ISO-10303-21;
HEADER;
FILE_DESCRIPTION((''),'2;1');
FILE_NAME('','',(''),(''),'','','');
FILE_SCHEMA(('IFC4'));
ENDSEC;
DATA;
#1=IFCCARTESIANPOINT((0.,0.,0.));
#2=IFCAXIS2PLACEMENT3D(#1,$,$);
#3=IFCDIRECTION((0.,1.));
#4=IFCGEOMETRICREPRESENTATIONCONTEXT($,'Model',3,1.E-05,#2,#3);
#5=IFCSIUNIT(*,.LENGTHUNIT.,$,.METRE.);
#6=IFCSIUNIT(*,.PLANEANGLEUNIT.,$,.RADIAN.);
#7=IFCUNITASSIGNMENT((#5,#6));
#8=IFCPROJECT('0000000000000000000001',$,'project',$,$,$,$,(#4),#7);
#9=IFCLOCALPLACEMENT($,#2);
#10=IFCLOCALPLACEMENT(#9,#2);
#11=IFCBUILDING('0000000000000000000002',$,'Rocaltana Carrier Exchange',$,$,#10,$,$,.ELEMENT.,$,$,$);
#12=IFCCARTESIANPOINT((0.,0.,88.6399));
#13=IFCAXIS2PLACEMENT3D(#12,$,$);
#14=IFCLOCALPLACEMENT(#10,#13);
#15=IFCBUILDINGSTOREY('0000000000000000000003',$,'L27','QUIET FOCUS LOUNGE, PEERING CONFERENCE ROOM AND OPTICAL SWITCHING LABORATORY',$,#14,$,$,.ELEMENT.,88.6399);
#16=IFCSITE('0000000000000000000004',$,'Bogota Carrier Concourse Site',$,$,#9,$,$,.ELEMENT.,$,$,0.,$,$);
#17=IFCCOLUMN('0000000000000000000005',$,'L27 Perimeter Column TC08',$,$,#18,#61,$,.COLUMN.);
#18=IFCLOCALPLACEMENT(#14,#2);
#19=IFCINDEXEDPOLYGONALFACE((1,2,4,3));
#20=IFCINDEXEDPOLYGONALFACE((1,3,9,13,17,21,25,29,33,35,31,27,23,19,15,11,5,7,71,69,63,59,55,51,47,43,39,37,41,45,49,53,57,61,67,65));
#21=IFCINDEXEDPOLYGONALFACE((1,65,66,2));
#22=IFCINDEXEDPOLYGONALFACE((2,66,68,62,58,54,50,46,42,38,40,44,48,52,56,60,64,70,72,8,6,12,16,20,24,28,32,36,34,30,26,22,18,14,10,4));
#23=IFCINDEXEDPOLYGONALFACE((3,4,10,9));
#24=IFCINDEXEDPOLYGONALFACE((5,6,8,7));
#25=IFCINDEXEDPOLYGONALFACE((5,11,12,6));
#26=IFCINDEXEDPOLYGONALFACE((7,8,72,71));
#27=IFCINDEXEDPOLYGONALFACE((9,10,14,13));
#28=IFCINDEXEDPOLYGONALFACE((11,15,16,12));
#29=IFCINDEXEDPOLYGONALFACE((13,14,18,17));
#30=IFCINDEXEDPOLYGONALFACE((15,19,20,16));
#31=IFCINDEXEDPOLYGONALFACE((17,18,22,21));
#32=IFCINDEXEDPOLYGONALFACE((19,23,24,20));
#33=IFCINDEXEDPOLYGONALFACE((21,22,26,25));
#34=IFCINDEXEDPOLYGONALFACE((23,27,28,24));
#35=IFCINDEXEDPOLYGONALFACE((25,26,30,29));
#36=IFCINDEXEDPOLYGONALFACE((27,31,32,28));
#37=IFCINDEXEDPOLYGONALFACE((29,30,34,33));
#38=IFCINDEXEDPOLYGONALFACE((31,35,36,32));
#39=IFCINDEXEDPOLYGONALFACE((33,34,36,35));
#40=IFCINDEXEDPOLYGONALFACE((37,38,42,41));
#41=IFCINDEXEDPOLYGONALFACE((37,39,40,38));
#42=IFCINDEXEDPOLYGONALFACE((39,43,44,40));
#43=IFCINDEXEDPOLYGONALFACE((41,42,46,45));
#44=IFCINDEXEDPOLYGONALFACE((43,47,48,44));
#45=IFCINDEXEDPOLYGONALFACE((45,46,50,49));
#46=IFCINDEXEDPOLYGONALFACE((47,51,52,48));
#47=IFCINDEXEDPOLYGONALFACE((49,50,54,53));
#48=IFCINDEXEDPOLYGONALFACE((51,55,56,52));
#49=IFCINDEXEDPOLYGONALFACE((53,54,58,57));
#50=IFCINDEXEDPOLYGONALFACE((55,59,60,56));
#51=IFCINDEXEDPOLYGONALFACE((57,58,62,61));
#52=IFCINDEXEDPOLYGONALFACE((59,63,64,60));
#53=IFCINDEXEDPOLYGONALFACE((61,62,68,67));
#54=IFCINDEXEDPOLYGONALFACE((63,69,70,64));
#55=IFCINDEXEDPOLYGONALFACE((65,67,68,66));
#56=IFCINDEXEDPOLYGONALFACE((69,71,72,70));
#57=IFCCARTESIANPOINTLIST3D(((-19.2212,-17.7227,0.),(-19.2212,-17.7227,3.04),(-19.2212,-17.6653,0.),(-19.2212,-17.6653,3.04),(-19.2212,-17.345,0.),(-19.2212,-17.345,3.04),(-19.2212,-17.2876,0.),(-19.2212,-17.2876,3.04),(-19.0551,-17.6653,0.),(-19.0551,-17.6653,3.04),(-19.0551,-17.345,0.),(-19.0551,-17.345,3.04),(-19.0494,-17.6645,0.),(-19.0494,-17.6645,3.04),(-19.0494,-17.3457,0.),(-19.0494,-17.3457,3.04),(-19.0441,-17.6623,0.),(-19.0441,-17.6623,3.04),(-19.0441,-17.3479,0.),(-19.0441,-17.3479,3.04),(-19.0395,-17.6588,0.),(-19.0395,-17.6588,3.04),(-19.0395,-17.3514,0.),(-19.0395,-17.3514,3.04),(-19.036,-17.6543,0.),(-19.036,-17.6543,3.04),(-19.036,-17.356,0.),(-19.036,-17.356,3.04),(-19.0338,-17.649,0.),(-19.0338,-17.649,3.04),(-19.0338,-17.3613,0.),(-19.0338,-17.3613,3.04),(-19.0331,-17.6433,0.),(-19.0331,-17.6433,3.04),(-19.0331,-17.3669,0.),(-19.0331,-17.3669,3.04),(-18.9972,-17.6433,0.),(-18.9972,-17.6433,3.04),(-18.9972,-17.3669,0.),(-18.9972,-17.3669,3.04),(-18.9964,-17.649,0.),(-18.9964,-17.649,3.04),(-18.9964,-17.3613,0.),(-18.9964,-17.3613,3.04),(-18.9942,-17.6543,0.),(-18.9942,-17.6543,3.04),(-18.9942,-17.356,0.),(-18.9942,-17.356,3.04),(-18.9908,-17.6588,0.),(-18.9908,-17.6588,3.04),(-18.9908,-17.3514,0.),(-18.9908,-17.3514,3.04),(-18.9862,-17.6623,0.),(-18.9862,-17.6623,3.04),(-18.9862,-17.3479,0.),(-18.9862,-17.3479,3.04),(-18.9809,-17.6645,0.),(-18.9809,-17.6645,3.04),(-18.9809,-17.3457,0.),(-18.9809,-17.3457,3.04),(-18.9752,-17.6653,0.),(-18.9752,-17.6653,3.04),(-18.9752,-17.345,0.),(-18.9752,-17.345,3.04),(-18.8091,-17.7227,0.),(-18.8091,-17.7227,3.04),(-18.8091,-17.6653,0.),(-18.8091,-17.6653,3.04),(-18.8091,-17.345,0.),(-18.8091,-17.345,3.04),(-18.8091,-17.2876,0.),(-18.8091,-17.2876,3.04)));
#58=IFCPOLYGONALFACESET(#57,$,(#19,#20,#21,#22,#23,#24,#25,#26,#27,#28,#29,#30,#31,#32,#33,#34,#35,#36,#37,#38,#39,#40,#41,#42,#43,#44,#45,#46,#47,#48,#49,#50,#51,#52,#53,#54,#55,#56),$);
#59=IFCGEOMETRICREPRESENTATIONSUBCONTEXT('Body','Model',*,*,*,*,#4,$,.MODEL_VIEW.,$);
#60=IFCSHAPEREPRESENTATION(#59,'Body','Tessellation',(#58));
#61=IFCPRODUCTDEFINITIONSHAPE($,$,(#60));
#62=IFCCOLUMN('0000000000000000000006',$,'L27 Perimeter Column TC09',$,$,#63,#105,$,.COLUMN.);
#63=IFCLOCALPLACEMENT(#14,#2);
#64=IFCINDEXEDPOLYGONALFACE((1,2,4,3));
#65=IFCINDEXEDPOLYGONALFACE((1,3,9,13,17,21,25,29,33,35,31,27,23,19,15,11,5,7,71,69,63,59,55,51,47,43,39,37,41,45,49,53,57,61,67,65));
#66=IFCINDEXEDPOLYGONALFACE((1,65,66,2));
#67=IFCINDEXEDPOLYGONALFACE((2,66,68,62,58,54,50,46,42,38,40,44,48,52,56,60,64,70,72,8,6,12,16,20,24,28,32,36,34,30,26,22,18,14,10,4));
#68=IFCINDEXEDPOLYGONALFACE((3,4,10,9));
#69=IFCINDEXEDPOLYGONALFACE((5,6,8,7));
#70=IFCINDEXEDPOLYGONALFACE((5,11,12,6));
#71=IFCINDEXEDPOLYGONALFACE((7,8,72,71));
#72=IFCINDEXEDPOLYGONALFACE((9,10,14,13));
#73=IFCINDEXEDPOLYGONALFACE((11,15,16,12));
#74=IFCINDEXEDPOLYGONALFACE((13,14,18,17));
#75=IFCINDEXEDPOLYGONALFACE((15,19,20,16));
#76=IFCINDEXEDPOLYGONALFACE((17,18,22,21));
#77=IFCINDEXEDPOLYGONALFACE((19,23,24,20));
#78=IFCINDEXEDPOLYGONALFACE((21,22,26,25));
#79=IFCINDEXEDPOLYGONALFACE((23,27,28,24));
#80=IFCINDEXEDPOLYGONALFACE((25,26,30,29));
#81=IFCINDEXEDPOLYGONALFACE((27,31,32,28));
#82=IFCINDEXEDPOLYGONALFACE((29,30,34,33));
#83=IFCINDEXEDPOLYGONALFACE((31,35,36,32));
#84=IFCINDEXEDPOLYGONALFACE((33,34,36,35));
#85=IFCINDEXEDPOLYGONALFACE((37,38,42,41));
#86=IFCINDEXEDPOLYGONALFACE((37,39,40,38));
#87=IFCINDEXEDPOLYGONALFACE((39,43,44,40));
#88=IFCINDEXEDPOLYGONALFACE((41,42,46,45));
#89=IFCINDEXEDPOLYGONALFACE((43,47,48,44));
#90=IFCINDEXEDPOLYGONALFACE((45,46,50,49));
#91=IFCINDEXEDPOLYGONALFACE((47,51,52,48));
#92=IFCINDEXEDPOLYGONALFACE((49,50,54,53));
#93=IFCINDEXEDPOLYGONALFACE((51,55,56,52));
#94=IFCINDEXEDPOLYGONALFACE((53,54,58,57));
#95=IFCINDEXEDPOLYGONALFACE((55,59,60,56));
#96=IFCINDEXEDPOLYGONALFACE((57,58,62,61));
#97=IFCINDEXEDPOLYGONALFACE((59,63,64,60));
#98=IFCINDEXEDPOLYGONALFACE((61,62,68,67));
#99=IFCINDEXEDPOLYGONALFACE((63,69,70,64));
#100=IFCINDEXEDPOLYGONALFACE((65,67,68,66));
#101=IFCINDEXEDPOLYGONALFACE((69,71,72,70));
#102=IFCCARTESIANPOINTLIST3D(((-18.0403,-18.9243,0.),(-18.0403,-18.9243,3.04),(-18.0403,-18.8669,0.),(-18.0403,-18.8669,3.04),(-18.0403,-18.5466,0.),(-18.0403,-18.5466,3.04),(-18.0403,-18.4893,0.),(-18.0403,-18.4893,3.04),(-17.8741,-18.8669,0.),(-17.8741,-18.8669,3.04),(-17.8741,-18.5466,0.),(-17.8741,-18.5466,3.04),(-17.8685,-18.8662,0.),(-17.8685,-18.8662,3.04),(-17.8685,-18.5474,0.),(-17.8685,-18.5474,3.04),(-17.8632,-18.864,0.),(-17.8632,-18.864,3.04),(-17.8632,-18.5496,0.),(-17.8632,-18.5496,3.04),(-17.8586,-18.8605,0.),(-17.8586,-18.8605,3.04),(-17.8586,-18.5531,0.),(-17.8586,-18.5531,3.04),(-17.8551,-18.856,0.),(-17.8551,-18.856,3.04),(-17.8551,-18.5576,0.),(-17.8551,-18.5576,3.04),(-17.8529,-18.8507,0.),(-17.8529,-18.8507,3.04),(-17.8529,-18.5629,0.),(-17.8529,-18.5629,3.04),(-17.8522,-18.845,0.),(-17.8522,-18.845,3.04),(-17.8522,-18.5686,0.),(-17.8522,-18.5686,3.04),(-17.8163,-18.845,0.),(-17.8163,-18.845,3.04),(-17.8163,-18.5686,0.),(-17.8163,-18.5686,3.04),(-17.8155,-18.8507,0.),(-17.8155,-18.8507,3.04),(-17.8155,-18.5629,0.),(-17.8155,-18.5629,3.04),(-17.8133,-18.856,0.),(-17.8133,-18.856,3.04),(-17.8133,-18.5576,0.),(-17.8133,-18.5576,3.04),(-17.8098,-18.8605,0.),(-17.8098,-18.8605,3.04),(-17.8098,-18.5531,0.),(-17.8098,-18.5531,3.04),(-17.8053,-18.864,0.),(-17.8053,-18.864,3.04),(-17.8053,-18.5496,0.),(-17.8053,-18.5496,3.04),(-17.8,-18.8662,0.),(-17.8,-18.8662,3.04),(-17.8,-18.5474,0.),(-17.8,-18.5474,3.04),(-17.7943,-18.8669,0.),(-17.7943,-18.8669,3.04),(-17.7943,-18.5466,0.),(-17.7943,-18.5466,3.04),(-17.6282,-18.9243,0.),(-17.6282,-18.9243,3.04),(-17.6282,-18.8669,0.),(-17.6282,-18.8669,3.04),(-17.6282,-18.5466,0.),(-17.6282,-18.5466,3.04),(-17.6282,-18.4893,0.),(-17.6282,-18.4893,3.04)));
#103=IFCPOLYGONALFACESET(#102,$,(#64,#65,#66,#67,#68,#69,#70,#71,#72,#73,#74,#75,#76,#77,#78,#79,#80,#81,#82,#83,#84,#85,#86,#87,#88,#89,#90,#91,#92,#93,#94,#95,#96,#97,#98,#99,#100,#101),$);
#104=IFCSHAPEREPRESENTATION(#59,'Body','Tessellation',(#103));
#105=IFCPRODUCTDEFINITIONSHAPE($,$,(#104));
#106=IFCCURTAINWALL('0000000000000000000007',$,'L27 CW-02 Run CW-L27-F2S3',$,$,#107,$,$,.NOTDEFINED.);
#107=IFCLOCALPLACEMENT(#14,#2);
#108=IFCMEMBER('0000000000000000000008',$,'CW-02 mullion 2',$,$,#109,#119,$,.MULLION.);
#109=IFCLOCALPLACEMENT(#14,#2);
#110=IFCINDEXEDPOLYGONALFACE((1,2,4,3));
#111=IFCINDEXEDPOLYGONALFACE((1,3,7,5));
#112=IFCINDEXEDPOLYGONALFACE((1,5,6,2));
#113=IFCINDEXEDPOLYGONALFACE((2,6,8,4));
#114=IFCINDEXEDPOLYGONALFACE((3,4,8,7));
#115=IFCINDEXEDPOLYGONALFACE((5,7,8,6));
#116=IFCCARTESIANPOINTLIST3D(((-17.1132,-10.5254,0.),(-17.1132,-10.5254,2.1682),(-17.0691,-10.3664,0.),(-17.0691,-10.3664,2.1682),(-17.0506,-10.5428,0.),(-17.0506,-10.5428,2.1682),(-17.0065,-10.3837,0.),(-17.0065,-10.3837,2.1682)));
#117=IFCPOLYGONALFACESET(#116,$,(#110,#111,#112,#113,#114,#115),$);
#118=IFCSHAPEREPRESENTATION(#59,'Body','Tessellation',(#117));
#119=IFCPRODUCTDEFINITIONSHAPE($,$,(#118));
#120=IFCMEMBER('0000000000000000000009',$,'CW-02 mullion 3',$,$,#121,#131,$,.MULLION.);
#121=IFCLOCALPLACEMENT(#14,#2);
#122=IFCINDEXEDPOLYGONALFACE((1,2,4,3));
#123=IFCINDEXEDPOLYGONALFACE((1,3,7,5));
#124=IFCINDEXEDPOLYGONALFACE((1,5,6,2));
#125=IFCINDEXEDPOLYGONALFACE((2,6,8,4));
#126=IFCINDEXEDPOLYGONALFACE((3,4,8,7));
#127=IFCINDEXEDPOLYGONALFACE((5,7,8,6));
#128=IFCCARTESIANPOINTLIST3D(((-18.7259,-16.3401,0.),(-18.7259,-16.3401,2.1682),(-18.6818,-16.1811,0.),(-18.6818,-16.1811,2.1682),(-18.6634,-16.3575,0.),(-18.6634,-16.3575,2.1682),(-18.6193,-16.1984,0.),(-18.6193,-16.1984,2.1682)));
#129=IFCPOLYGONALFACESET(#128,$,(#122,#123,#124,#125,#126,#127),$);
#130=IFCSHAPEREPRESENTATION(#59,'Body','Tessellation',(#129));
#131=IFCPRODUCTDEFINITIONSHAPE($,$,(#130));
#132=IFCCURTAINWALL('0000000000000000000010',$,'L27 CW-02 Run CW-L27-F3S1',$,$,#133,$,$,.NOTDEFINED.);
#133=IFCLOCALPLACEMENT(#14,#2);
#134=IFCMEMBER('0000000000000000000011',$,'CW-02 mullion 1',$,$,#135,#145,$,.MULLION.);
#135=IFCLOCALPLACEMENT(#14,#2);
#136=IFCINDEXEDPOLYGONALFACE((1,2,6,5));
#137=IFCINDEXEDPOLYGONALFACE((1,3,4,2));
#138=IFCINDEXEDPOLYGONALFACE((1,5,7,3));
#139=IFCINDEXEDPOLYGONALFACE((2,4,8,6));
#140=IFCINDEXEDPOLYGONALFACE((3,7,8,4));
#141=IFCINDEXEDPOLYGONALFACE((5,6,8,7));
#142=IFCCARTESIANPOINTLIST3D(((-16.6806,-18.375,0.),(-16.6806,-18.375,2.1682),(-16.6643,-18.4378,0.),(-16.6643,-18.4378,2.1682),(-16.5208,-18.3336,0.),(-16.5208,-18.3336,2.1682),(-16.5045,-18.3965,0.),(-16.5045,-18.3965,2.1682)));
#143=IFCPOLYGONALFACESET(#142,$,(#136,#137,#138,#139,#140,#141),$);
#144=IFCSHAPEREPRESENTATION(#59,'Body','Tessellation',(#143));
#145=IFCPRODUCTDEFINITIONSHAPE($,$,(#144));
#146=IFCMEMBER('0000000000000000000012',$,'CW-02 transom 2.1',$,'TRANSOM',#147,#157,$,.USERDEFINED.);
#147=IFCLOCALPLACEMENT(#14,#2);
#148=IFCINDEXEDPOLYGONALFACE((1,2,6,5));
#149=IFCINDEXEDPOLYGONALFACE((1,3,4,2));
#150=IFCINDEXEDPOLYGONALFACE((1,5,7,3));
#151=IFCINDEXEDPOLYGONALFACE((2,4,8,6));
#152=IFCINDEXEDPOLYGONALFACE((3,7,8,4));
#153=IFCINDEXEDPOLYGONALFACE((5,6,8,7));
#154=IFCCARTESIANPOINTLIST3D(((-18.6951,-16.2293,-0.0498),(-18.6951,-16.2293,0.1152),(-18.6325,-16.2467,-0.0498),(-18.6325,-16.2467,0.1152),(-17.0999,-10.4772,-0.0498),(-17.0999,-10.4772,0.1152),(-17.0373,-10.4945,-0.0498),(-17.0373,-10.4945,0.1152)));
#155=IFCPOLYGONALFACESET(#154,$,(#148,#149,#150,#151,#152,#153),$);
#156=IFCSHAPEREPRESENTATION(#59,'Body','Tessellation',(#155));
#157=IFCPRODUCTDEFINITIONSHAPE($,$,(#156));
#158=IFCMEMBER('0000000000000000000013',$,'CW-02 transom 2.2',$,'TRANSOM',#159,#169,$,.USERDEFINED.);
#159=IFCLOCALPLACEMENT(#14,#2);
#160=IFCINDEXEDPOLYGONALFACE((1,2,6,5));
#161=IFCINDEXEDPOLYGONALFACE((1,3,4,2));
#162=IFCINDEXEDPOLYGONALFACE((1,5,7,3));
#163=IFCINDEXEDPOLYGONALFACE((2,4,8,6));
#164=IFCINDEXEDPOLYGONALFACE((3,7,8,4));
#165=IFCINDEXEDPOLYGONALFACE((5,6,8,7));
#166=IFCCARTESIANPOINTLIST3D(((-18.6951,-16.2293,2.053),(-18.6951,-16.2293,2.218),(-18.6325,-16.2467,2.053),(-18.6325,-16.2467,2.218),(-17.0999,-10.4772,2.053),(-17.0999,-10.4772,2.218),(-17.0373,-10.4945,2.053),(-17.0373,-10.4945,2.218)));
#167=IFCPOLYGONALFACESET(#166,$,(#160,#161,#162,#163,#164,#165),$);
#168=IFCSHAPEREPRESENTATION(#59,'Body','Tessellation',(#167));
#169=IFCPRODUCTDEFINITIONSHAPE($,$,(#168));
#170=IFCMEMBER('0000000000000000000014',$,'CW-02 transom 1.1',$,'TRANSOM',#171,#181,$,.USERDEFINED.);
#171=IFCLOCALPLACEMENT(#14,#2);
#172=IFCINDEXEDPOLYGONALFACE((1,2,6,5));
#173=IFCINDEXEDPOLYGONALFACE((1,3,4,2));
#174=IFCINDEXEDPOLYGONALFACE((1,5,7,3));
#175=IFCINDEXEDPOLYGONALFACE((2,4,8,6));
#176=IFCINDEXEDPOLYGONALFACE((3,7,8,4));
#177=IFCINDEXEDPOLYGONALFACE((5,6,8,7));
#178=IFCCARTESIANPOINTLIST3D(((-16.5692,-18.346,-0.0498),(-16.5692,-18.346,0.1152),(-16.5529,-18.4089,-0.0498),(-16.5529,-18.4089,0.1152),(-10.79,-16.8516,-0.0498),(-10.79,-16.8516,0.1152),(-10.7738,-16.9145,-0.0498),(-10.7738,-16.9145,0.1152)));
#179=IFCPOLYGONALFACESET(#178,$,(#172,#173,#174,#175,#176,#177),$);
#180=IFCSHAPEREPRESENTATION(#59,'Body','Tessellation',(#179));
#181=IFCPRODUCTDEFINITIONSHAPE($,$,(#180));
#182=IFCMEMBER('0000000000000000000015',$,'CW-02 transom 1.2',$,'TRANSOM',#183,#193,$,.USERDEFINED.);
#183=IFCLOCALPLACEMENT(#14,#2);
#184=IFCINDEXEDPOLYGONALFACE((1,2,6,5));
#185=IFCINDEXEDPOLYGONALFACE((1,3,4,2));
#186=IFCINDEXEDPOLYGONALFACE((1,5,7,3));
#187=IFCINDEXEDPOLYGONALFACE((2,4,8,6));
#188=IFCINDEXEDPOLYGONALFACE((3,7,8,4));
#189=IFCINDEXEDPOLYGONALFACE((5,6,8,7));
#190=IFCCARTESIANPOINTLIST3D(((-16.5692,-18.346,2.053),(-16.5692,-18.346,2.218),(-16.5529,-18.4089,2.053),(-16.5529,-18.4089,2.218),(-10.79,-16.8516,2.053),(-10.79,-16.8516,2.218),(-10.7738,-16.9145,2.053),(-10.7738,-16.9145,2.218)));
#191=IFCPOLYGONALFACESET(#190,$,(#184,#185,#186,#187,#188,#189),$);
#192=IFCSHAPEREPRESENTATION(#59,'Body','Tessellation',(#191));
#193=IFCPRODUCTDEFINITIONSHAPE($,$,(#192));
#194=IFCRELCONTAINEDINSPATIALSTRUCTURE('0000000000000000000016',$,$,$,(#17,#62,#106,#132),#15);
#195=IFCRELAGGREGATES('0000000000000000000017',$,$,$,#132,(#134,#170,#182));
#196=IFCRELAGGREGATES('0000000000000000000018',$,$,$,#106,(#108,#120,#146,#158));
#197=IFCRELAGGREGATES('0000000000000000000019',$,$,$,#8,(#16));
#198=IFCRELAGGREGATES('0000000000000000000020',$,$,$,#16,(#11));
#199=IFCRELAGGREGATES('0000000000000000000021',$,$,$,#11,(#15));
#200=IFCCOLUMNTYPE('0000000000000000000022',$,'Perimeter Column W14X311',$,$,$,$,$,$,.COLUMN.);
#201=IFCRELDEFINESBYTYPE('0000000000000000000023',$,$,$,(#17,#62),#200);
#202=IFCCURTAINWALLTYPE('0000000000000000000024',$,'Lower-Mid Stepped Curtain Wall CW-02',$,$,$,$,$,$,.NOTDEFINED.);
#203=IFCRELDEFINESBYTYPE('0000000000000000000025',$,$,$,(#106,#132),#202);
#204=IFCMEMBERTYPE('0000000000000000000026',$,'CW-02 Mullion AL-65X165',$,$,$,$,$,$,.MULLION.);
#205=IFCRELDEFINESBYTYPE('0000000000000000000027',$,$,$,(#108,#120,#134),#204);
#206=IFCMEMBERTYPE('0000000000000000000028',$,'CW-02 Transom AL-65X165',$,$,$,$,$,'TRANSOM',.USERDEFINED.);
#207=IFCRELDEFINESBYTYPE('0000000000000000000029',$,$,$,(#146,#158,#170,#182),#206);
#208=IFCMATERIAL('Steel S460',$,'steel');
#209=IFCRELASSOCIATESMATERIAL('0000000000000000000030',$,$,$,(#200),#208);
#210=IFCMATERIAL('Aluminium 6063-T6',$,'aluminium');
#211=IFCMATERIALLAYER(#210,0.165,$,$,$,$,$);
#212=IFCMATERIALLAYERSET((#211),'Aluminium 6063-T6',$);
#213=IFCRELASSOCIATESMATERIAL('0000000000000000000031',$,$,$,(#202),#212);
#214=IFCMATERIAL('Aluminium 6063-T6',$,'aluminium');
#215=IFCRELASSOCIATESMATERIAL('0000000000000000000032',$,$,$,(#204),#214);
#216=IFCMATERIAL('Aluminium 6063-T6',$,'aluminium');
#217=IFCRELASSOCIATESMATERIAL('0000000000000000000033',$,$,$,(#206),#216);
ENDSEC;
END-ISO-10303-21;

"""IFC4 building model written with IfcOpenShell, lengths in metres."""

from ifc_helpers import new_model, si_unit, direction, frame, origin, origin_2d, place, context, subcontext, project, spatial, rectangle, i_section, extrude, material, layer, layer_set, material_profile, profile_set, type_object, element, aggregate, save


model = new_model("IFC4")

# Units and contexts
model_context = context("Model", 3, precision=1e-05, world=origin(), true_north=direction((0.0, 1.0)))
body_context = subcontext(model_context, "Body", "Model", "MODEL_VIEW")
ifc_project = project(units=[si_unit("LENGTHUNIT", "METRE"), si_unit("PLANEANGLEUNIT", "RADIAN")], contexts=[model_context])

# Site, building, storey
site_placement = place(None, origin())
site = spatial("IfcSite", under=ifc_project, at=site_placement, Name="Bogota Carrier Concourse Site", CompositionType="ELEMENT", RefElevation=0.0)
building_placement = place(site_placement, origin())
building = spatial("IfcBuilding", under=site, at=building_placement, Name="Rocaltana Carrier Exchange", CompositionType="ELEMENT")
storey_placement = place(building_placement, frame((0.0, 0.0, 88.6399)))
storey = spatial("IfcBuildingStorey", under=building, at=storey_placement, Name="L27", Description="QUIET FOCUS LOUNGE, PEERING CONFERENCE ROOM AND OPTICAL SWITCHING LABORATORY", CompositionType="ELEMENT", Elevation=88.6399)

# Columns
ifc_material_1 = material(Name="Steel S460", Category="steel")
ifc_material_profile_1 = material_profile(ifc_material_1, i_section(OverallWidth=0.4121, OverallDepth=0.4351, WebThickness=0.0359, FlangeThickness=0.0574, FilletRadius=0.022, at=origin_2d()), Name="W14X311")
ifc_profile_set_1 = profile_set([ifc_material_profile_1], Name="Steel S460")
column_type = type_object("IfcColumnType", Name="Perimeter Column W14X311", PredefinedType="COLUMN", material=ifc_profile_set_1)
for number, where, z_axis, x_axis, name in (
    (1, (-19.0151, -17.5051, 0.0), (0.0, 0.0, 1.0), (1.0, 0.0, 0.0), "L27 Perimeter Column TC08"),
    (2, (-17.8342, -18.7068, 0.0), (0.0, 0.0, 1.0), (1.0, 0.0, 0.0), "L27 Perimeter Column TC09"),
):
    element("IfcColumn", number, at=place(storey_placement, frame(where, z_axis=z_axis, x_axis=x_axis)), inside=storey, type_object=column_type, Name=name, PredefinedType="COLUMN", context=body_context, shape_type="SweptSolid", body=[
        extrude(i_section(OverallWidth=0.4121, OverallDepth=0.4351, WebThickness=0.0359, FlangeThickness=0.0574, FilletRadius=0.022, at=origin_2d()), origin(), (0.0, 0.0, 1.0), 3.04),
    ])

# Curtain wall, members
ifc_material_2 = material(Name="Aluminium 6063-T6", Category="aluminium")
ifc_layer_1 = layer(ifc_material_2, 0.165)
ifc_layer_set_1 = layer_set([ifc_layer_1], Name="Aluminium 6063-T6")
curtain_wall_type = type_object("IfcCurtainWallType", Name="Lower-Mid Stepped Curtain Wall CW-02", PredefinedType="NOTDEFINED", material=ifc_layer_set_1)
curtain_wall_1_placement = place(storey_placement, origin())
curtain_wall_1 = element("IfcCurtainWall", 3, at=curtain_wall_1_placement, inside=storey, type_object=curtain_wall_type, Name="L27 CW-02 Run CW-L27-F2S3", PredefinedType="NOTDEFINED")
ifc_material_3 = material(Name="Aluminium 6063-T6", Category="aluminium")
ifc_material_profile_2 = material_profile(ifc_material_3, rectangle(XDim=0.0649, YDim=0.165, at=origin_2d()), Name="AL-65X165")
ifc_profile_set_2 = profile_set([ifc_material_profile_2], Name="Aluminium 6063-T6")
member_type_1 = type_object("IfcMemberType", Name="CW-02 Mullion AL-65X165", PredefinedType="MULLION", material=ifc_profile_set_2)
member_1_placement = place(storey_placement, frame((-17.0598, -10.4546, 0.0), z_axis=(0.0, 0.0, 1.0), x_axis=(0.963629, -0.267243, 0.0)))
member_1 = element("IfcMember", 4, at=member_1_placement, type_object=member_type_1, Name="CW-02 mullion 2", PredefinedType="MULLION", context=body_context, shape_type="SweptSolid", body=[
    extrude(rectangle(XDim=0.0649, YDim=0.165, at=origin_2d()), origin(), (0.0, 0.0, 1.0), 2.1682),
])
member_2_placement = place(storey_placement, frame((-18.6726, -16.2693, 0.0), z_axis=(0.0, 0.0, 1.0), x_axis=(0.963629, -0.267243, 0.0)))
member_2 = element("IfcMember", 5, at=member_2_placement, type_object=member_type_1, Name="CW-02 mullion 3", PredefinedType="MULLION", context=body_context, shape_type="SweptSolid", body=[
    extrude(rectangle(XDim=0.0649, YDim=0.165, at=origin_2d()), origin(), (0.0, 0.0, 1.0), 2.1682),
])

# Curtain wall, member
curtain_wall_2_placement = place(storey_placement, origin())
curtain_wall_2 = element("IfcCurtainWall", 6, at=curtain_wall_2_placement, inside=storey, type_object=curtain_wall_type, Name="L27 CW-02 Run CW-L27-F3S1", PredefinedType="NOTDEFINED")
member_3_placement = place(storey_placement, frame((-16.5925, -18.3857, 0.0), z_axis=(0.0, 0.0, 1.0), x_axis=(-0.250378, 0.968148, 0.0)))
member_3 = element("IfcMember", 7, at=member_3_placement, type_object=member_type_1, Name="CW-02 mullion 1", PredefinedType="MULLION", context=body_context, shape_type="SweptSolid", body=[
    extrude(rectangle(XDim=0.0649, YDim=0.165, at=origin_2d()), origin(), (0.0, 0.0, 1.0), 2.1682),
])

# Members
ifc_material_4 = material(Name="Aluminium 6063-T6", Category="aluminium")
ifc_material_profile_3 = material_profile(ifc_material_4, rectangle(XDim=0.0649, YDim=0.165, at=origin_2d()), Name="AL-65X165")
ifc_profile_set_3 = profile_set([ifc_material_profile_3], Name="Aluminium 6063-T6")
member_type_2 = type_object("IfcMemberType", Name="CW-02 Transom AL-65X165", ElementType="TRANSOM", PredefinedType="USERDEFINED", material=ifc_profile_set_3)
member_4_placement = place(storey_placement, frame((-17.0686, -10.4858, 0.0327), z_axis=(-0.267237, -0.963631, 0.0), x_axis=(0.963631, -0.267237, 0.0)))
member_4 = element("IfcMember", 8, at=member_4_placement, type_object=member_type_2, Name="CW-02 transom 2.1", ObjectType="TRANSOM", PredefinedType="USERDEFINED", context=body_context, shape_type="SweptSolid", body=[
    extrude(rectangle(XDim=0.0649, YDim=0.165, at=origin_2d()), origin(), (0.0, 0.0, 1.0), 5.9692),
])
member_5_placement = place(storey_placement, frame((-17.0686, -10.4858, 2.1355), z_axis=(-0.267237, -0.963631, 0.0), x_axis=(0.963631, -0.267237, 0.0)))
member_5 = element("IfcMember", 9, at=member_5_placement, type_object=member_type_2, Name="CW-02 transom 2.2", ObjectType="TRANSOM", PredefinedType="USERDEFINED", context=body_context, shape_type="SweptSolid", body=[
    extrude(rectangle(XDim=0.0649, YDim=0.165, at=origin_2d()), origin(), (0.0, 0.0, 1.0), 5.9692),
])
member_6_placement = place(storey_placement, frame((-16.561, -18.3774, 0.0327), z_axis=(0.968155, 0.250352, 0.0), x_axis=(-0.250352, 0.968155, 0.0)))
member_6 = element("IfcMember", 10, at=member_6_placement, type_object=member_type_2, Name="CW-02 transom 1.1", ObjectType="TRANSOM", PredefinedType="USERDEFINED", context=body_context, shape_type="SweptSolid", body=[
    extrude(rectangle(XDim=0.0649, YDim=0.165, at=origin_2d()), origin(), (0.0, 0.0, 1.0), 5.9692),
])
member_7_placement = place(storey_placement, frame((-16.561, -18.3774, 2.1355), z_axis=(0.968155, 0.250352, 0.0), x_axis=(-0.250352, 0.968155, 0.0)))
member_7 = element("IfcMember", 11, at=member_7_placement, type_object=member_type_2, Name="CW-02 transom 1.2", ObjectType="TRANSOM", PredefinedType="USERDEFINED", context=body_context, shape_type="SweptSolid", body=[
    extrude(rectangle(XDim=0.0649, YDim=0.165, at=origin_2d()), origin(), (0.0, 0.0, 1.0), 5.9692),
])
aggregate(curtain_wall_2, [member_3, member_6, member_7])

aggregate(curtain_wall_1, [member_1, member_2, member_4, member_5])

save(model, "model.ifc")
